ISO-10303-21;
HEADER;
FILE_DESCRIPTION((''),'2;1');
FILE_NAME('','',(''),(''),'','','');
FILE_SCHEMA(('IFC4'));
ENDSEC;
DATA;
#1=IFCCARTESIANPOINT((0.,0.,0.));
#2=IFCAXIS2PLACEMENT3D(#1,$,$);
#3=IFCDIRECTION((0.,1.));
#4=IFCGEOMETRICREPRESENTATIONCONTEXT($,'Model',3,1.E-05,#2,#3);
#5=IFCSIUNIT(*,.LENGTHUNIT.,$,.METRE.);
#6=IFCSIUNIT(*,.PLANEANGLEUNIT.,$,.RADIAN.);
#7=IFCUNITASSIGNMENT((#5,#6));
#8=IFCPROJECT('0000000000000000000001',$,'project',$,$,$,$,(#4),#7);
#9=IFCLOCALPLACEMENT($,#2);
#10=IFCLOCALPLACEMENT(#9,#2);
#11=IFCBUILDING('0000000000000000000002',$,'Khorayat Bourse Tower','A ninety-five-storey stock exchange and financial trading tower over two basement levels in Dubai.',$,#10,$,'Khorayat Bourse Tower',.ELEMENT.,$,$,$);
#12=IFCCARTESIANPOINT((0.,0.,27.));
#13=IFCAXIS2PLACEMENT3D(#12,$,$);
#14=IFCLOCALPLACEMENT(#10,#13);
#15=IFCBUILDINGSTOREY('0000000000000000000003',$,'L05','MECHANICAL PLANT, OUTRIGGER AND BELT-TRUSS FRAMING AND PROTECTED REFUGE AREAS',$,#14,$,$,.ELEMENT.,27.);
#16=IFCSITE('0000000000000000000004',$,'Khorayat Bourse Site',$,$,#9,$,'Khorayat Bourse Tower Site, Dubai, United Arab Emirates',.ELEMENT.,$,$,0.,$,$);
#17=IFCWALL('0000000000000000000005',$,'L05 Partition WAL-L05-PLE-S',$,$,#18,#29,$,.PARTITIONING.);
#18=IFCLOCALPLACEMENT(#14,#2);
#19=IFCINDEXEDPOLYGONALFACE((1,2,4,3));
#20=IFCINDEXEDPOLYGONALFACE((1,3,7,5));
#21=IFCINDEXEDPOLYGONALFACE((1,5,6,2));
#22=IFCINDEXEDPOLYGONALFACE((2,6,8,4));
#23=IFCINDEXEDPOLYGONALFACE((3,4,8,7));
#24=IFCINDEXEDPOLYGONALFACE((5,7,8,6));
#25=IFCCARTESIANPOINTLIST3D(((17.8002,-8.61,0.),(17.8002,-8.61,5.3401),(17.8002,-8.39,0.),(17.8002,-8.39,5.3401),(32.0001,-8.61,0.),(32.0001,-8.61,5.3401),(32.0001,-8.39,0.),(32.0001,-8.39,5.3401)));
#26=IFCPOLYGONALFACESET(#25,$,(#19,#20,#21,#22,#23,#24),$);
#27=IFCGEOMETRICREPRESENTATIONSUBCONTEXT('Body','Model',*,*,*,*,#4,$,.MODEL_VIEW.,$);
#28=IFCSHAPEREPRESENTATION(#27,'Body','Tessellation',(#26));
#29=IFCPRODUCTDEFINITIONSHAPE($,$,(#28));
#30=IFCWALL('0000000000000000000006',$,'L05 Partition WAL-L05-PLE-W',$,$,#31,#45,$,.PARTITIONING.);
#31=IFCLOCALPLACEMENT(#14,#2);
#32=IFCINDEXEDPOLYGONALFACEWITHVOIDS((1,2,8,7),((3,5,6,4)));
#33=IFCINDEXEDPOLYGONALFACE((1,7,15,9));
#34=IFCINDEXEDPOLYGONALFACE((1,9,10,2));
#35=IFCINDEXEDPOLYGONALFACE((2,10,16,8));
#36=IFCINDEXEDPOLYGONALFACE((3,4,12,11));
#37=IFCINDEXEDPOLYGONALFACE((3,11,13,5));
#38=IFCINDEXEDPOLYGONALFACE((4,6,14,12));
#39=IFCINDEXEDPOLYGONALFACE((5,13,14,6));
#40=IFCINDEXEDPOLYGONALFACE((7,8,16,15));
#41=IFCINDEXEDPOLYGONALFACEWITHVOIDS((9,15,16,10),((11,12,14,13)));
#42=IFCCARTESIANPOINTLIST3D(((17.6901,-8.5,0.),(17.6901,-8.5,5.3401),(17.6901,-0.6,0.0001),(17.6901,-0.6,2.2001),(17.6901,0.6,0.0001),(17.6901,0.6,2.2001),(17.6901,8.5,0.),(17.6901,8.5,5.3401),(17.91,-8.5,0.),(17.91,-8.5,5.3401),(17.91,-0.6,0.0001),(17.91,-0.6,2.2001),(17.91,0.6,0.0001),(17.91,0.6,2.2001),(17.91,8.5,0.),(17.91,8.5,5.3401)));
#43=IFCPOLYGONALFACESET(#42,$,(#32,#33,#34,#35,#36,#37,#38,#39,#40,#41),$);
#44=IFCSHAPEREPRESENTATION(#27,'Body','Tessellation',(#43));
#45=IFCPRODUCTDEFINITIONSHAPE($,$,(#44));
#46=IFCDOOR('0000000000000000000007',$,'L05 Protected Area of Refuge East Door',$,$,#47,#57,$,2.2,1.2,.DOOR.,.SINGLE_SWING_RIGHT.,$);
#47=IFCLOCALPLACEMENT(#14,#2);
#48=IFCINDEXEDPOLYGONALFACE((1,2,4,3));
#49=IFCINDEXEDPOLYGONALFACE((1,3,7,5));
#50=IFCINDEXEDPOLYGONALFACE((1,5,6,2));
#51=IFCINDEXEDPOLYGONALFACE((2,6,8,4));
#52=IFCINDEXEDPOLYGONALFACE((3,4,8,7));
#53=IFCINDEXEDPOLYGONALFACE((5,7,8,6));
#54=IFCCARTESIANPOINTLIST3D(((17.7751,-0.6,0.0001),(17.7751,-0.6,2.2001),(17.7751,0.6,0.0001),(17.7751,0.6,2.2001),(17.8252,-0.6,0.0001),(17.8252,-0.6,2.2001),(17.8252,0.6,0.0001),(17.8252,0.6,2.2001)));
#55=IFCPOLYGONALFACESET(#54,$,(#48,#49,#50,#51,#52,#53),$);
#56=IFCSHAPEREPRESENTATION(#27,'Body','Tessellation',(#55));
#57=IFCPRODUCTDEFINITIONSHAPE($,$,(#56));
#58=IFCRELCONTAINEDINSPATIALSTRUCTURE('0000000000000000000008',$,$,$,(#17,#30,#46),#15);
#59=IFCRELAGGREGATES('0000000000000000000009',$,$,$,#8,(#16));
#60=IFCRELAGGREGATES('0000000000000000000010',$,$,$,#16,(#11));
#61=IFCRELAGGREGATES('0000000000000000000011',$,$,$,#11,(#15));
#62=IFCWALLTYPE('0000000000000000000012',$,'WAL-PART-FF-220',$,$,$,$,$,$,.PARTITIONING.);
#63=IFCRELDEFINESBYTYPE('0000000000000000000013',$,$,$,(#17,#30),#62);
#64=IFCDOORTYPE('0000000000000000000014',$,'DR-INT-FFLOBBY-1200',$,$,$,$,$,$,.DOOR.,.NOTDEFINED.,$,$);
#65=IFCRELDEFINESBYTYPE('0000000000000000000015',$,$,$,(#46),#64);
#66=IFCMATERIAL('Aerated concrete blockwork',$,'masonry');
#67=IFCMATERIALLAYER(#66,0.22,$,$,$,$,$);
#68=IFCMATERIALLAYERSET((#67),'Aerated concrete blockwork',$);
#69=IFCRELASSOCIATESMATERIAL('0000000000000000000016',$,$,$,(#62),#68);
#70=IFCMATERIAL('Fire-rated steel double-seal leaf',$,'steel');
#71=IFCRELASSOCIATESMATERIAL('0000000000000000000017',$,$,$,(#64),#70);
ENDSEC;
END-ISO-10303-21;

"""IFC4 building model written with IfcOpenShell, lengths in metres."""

from ifc_helpers import new_model, si_unit, direction, frame, frame_2d, origin, place, context, subcontext, project, spatial, rectangle, extrude, source, transform, mapped, material, layer, layer_set, type_object, element, fill, save


model = new_model("IFC4")

# Units and contexts
model_context = context("Model", 3, precision=1e-05, world=origin(), true_north=direction((0.0, 1.0)))
body_context = subcontext(model_context, "Body", "Model", "MODEL_VIEW")
ifc_project = project(units=[si_unit("LENGTHUNIT", "METRE"), si_unit("PLANEANGLEUNIT", "RADIAN")], contexts=[model_context])

# Site, building, storey
site_placement = place(None, origin())
site = spatial("IfcSite", under=ifc_project, at=site_placement, Name="Khorayat Bourse Site", LongName="Khorayat Bourse Tower Site, Dubai, United Arab Emirates", CompositionType="ELEMENT", RefElevation=0.0)
building_placement = place(site_placement, origin())
building = spatial("IfcBuilding", under=site, at=building_placement, Name="Khorayat Bourse Tower", Description="A ninety-five-storey stock exchange and financial trading tower over two basement levels in Dubai.", LongName="Khorayat Bourse Tower", CompositionType="ELEMENT")
storey_placement = place(building_placement, frame((0.0, 0.0, 27.0)))
storey = spatial("IfcBuildingStorey", under=building, at=storey_placement, Name="L05", Description="MECHANICAL PLANT, OUTRIGGER AND BELT-TRUSS FRAMING AND PROTECTED REFUGE AREAS", CompositionType="ELEMENT", Elevation=27.0)

# Shared definitions
ifc_material_1 = material(Name="Aerated concrete blockwork", Category="masonry")
ifc_layer_1 = layer(ifc_material_1, 0.22)
ifc_layer_set_1 = layer_set([ifc_layer_1], Name="Aerated concrete blockwork")
wall_type_1 = type_object("IfcWallType", Name="WAL-PART-FF-220", PredefinedType="PARTITIONING", material=ifc_layer_set_1)

# Shared definitions
shared_shape_1 = source(origin(), body_context, "Body", "SweptSolid", [
    extrude(rectangle(XDim=1.2, YDim=2.2, at=frame_2d((0.6001, 1.1001))), frame((0.0, 0.1199, 0.0), z_axis=(0.0, -1.0, 0.0), x_axis=(1.0, 0.0, 0.0)), (0.0, 0.0, 1.0), 0.24),
])
ifc_material_2 = material(Name="Fire-rated steel double-seal leaf", Category="steel")
door_type_1 = type_object("IfcDoorType", Name="DR-INT-FFLOBBY-1200", OperationType="NOTDEFINED", PredefinedType="DOOR", material=ifc_material_2)
shared_shape_2 = source(origin(), body_context, "Body", "SweptSolid", [
    extrude(rectangle(XDim=1.2, YDim=2.2, at=frame_2d((0.6001, 1.1001))), frame((0.0, 0.0249, 0.0), z_axis=(0.0, -1.0, 0.0), x_axis=(1.0, 0.0, 0.0)), (0.0, 0.0, 1.0), 0.05),
])

# Wall
shared_shape_3 = source(origin(), body_context, "Body", "SweptSolid", [
    extrude(rectangle(XDim=14.2, YDim=0.22, at=frame_2d((7.1001, 0.0))), origin(), (0.0, 0.0, 1.0), 5.3401),
])
wall_1_placement = place(storey_placement, frame((17.8, -8.5, 0.0), z_axis=(0.0, 0.0, 1.0), x_axis=(1.0, 0.0, 0.0)))
element("IfcWall", 1, at=wall_1_placement, inside=storey, type_object=wall_type_1, Name="L05 Partition WAL-L05-PLE-S", PredefinedType="PARTITIONING", context=body_context, shape_type="MappedRepresentation", body=[
    mapped(shared_shape_3, transform((0.0, 0.0, 0.0), scale=1.0)),
])

# Wall, opening, door
shared_shape_4 = source(origin(), body_context, "Body", "SweptSolid", [
    extrude(rectangle(XDim=17.0, YDim=0.22, at=frame_2d((8.5, 0.0))), origin(), (0.0, 0.0, 1.0), 5.3401),
])
wall_2_placement = place(storey_placement, frame((17.8, -8.5, 0.0), z_axis=(0.0, 0.0, 1.0), x_axis=(0.0, 1.0, 0.0)))
wall_2 = element("IfcWall", 2, at=wall_2_placement, inside=storey, type_object=wall_type_1, Name="L05 Partition WAL-L05-PLE-W", PredefinedType="PARTITIONING", context=body_context, shape_type="MappedRepresentation", body=[
    mapped(shared_shape_4, transform((0.0, 0.0, 0.0), scale=1.0)),
])
opening_1_placement = place(wall_2_placement, frame((7.8999, 0.0, 0.0)))
opening_1 = element("IfcOpeningElement", 3, at=opening_1_placement, cuts=wall_2, PredefinedType="OPENING", context=body_context, shape_type="MappedRepresentation", body=[
    mapped(shared_shape_1, transform((0.0, 0.0, 0.0), scale=1.0)),
])
door_1_placement = place(opening_1_placement, origin())
door_1 = element("IfcDoor", 4, at=door_1_placement, inside=storey, type_object=door_type_1, Name="L05 Protected Area of Refuge East Door", OperationType="SINGLE_SWING_RIGHT", OverallHeight=2.2, OverallWidth=1.2, PredefinedType="DOOR", context=body_context, shape_type="MappedRepresentation", body=[
    mapped(shared_shape_2, transform((0.0, 0.0, 0.0), scale=1.0)),
])
fill(opening_1, door_1)

save(model, "model.ifc")
